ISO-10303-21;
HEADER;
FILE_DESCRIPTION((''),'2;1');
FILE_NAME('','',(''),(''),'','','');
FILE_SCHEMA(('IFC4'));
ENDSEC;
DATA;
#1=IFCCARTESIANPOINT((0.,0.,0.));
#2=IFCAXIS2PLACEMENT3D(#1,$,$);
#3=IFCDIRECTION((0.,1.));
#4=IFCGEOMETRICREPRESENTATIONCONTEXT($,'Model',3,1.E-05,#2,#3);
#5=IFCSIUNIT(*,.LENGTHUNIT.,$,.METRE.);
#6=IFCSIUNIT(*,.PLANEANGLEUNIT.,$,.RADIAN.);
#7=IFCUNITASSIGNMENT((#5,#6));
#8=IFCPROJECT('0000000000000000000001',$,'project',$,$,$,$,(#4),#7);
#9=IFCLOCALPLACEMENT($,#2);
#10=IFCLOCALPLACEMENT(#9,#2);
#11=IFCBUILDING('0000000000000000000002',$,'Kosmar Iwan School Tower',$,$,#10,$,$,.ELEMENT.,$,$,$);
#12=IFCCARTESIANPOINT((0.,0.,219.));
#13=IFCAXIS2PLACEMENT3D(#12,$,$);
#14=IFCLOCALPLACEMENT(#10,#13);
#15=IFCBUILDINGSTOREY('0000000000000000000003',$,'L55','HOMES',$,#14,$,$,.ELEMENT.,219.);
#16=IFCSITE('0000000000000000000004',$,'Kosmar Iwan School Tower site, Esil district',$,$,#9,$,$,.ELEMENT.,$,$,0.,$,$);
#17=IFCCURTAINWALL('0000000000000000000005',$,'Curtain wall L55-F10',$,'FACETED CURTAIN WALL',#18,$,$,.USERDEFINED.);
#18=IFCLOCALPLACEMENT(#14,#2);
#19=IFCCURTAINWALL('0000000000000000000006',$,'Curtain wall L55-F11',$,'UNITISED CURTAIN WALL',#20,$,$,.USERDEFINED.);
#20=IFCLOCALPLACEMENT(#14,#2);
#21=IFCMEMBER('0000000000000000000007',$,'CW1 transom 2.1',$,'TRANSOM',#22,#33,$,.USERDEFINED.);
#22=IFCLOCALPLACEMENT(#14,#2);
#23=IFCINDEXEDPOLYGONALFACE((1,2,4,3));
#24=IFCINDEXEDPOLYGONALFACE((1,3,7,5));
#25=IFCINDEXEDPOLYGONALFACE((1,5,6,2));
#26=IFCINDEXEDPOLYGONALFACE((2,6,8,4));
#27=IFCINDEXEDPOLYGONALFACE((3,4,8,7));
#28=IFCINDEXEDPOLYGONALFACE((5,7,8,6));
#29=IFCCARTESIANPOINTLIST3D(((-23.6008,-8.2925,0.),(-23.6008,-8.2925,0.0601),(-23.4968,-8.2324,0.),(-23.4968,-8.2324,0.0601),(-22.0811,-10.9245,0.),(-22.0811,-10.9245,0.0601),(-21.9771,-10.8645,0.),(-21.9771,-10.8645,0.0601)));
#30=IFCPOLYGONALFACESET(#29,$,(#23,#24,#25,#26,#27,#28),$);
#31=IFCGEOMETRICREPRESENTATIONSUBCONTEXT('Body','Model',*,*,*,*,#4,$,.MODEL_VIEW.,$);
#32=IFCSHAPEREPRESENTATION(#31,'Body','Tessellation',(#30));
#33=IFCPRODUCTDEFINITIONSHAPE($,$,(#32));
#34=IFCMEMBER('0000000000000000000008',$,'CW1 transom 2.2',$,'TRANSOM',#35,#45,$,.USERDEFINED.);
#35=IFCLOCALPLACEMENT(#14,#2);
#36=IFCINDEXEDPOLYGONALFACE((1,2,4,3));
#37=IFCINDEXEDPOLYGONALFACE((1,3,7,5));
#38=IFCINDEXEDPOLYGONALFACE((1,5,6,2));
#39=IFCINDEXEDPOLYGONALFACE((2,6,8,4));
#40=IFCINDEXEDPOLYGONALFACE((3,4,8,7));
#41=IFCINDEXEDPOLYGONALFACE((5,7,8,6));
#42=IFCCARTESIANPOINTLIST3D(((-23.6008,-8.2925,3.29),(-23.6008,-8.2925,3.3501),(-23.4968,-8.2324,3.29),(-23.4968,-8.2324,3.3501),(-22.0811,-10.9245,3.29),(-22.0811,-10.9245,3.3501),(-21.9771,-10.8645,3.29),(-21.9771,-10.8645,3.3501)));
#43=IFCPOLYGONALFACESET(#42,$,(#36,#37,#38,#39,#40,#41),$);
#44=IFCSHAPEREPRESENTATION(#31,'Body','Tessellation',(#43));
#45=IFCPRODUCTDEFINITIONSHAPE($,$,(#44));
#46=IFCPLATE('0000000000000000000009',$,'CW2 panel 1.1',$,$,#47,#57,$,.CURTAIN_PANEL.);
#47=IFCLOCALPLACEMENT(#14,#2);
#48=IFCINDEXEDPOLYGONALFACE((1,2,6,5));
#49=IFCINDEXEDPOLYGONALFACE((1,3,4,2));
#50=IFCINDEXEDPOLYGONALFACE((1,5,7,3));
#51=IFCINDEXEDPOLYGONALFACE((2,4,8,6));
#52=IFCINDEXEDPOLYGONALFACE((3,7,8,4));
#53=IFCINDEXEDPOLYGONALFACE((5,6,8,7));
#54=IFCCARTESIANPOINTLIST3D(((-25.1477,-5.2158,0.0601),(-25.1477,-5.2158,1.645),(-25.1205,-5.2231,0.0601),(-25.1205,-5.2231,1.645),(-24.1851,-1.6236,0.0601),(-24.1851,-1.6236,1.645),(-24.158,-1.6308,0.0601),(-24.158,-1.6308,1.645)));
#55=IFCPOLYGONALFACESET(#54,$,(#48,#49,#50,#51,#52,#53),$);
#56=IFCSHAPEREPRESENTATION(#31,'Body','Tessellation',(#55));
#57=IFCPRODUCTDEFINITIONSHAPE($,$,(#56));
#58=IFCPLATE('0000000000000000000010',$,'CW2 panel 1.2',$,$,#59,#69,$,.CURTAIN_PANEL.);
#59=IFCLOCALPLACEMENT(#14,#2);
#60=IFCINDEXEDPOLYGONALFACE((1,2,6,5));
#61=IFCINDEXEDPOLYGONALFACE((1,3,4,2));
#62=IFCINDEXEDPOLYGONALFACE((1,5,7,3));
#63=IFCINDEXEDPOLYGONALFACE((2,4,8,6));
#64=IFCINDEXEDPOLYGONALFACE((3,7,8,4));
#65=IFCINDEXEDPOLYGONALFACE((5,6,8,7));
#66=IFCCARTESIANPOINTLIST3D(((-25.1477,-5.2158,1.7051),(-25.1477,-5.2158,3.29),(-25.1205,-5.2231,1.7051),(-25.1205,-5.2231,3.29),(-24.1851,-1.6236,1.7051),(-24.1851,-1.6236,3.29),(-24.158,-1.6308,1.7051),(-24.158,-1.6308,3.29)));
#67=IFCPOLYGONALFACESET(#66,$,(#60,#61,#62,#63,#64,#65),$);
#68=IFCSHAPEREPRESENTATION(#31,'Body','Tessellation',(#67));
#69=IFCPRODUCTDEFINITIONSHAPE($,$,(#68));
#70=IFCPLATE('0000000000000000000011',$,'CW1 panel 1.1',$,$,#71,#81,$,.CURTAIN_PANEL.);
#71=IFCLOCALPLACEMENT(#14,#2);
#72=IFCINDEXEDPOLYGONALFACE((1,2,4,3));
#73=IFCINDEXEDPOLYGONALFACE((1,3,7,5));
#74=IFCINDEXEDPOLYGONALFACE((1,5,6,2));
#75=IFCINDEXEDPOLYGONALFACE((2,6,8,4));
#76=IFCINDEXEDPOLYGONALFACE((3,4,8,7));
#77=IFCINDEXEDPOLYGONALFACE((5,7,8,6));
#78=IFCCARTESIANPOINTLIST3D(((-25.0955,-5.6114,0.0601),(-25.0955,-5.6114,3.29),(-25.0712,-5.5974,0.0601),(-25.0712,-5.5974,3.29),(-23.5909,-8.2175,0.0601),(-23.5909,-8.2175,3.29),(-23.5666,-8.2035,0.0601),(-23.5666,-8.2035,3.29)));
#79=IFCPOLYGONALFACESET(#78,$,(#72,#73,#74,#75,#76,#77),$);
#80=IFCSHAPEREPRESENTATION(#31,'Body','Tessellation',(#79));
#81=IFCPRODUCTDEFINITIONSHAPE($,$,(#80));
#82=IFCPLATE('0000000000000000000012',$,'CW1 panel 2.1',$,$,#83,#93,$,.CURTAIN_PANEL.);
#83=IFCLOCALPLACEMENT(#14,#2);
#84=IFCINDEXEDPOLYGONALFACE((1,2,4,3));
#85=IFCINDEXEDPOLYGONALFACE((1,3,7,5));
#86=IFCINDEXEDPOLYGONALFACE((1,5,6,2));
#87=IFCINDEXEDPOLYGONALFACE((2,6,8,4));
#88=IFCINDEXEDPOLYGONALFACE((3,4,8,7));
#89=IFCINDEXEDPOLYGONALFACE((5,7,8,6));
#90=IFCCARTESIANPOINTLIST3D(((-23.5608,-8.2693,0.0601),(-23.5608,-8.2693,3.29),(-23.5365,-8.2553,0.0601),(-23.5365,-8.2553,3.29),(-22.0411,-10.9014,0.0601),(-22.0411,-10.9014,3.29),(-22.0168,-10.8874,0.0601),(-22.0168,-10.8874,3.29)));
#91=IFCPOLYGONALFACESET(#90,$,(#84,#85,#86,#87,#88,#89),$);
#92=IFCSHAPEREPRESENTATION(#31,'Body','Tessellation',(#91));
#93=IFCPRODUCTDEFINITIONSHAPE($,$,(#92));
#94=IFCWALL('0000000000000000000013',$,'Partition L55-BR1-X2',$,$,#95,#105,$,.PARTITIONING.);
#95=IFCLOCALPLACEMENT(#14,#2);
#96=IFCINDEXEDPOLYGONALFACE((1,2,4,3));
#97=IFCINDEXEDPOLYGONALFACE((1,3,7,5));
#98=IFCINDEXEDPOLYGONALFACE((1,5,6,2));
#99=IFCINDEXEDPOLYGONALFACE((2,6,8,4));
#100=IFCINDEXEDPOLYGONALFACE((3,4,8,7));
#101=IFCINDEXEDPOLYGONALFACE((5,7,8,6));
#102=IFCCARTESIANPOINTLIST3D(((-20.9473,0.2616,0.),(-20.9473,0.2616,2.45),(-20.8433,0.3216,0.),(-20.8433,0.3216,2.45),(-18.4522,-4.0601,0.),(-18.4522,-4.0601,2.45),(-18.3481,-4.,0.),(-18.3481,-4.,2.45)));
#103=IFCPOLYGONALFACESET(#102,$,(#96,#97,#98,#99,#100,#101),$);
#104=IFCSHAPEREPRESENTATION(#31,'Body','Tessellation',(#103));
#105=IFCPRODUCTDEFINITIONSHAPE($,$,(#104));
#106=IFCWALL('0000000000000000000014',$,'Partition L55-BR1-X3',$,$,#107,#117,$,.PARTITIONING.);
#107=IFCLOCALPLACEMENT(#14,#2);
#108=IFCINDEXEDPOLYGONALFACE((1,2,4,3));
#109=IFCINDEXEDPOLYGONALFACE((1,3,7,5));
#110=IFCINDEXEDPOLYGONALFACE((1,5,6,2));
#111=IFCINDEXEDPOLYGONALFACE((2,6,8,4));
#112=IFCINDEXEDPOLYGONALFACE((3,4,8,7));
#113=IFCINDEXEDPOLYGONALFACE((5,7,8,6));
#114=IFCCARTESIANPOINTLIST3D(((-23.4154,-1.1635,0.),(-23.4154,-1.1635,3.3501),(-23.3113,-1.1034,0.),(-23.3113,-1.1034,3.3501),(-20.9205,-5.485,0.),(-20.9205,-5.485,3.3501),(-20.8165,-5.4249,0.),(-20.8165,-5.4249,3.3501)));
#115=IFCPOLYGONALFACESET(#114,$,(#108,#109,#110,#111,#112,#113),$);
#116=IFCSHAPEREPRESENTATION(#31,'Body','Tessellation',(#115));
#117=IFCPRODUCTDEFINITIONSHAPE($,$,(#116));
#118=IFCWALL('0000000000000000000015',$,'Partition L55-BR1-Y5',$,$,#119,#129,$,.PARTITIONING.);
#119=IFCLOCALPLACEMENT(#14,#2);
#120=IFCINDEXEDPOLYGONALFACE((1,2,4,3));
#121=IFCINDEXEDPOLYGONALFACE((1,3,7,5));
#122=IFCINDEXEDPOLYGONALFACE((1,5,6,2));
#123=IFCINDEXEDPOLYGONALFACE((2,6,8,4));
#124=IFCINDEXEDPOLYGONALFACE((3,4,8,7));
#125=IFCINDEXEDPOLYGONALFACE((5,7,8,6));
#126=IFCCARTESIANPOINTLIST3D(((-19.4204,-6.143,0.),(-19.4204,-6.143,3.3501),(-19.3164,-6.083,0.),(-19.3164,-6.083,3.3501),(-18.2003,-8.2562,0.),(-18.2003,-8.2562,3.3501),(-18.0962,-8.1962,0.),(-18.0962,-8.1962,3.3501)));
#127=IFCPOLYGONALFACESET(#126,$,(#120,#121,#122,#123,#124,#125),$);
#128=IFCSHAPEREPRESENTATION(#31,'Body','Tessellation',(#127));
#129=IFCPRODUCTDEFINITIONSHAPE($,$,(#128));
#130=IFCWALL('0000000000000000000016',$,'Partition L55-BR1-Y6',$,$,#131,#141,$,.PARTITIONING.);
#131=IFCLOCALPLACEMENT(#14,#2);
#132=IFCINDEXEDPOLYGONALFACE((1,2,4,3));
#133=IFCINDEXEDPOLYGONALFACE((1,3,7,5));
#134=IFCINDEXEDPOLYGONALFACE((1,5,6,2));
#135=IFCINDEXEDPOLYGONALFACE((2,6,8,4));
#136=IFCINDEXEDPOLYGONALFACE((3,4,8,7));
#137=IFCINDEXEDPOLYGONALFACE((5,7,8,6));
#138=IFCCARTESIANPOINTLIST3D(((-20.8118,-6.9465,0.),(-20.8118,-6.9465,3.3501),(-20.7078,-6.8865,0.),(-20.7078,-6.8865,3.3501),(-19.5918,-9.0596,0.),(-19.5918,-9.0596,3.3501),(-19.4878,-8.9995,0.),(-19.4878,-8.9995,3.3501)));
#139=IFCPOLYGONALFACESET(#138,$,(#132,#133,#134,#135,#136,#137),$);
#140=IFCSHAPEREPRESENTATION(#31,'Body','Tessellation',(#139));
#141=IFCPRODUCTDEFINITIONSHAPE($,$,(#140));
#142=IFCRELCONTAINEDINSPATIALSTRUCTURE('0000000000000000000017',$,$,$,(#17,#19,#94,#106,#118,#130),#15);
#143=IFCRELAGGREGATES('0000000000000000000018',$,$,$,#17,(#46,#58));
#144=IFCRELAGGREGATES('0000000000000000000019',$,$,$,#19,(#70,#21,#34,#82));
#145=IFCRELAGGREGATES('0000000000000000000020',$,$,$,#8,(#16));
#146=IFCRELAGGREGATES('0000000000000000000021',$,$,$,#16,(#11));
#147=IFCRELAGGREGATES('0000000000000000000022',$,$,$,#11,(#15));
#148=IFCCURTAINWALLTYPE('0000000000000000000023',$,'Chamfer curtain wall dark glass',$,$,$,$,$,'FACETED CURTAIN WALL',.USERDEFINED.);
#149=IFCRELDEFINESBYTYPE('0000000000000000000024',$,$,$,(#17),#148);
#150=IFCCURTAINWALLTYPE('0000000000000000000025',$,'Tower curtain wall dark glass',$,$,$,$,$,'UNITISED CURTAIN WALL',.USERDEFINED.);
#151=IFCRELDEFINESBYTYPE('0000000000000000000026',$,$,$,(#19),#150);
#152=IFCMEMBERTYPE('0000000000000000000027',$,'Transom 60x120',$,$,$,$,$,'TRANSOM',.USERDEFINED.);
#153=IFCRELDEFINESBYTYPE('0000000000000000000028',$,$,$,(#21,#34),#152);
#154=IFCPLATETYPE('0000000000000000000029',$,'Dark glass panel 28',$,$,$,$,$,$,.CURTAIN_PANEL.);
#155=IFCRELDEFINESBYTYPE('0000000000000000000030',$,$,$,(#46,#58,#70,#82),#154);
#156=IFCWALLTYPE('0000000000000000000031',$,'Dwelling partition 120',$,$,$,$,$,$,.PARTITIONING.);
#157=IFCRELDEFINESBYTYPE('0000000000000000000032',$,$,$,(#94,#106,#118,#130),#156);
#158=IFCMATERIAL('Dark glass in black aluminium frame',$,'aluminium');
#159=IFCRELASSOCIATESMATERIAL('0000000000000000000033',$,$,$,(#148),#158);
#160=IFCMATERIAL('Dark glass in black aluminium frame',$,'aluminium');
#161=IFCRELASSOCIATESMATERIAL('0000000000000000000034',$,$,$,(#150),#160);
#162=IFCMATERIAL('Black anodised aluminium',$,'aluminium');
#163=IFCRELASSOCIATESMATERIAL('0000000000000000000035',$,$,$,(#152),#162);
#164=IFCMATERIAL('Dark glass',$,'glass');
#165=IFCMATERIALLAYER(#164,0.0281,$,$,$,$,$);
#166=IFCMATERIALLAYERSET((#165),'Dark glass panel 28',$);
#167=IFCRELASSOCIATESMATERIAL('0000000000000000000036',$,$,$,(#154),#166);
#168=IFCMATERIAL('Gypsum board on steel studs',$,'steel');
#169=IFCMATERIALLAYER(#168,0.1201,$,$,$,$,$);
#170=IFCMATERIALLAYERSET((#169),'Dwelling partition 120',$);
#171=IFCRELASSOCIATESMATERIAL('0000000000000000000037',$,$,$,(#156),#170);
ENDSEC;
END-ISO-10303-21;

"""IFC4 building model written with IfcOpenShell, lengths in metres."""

from ifc_helpers import new_model, si_unit, direction, frame, frame_2d, origin, origin_2d, place, context, subcontext, project, spatial, rectangle, extrude, material, layer, layer_set, material_profile, profile_set, type_object, element, aggregate, save


model = new_model("IFC4")

# Units and contexts
model_context = context("Model", 3, precision=1e-05, world=origin(), true_north=direction((0.0, 1.0)))
body_context = subcontext(model_context, "Body", "Model", "MODEL_VIEW")
ifc_project = project(units=[si_unit("LENGTHUNIT", "METRE"), si_unit("PLANEANGLEUNIT", "RADIAN")], contexts=[model_context])

# Site, building, storey
site_placement = place(None, origin())
site = spatial("IfcSite", under=ifc_project, at=site_placement, Name="Kosmar Iwan School Tower site, Esil district", CompositionType="ELEMENT", RefElevation=0.0)
building_placement = place(site_placement, origin())
building = spatial("IfcBuilding", under=site, at=building_placement, Name="Kosmar Iwan School Tower", CompositionType="ELEMENT")
storey_placement = place(building_placement, frame((0.0, 0.0, 219.0)))
storey = spatial("IfcBuildingStorey", under=building, at=storey_placement, Name="L55", Description="HOMES", CompositionType="ELEMENT", Elevation=219.0)

# Curtain walls
ifc_material_1 = material(Name="Dark glass in black aluminium frame", Category="aluminium")
curtain_wall_type_1 = type_object("IfcCurtainWallType", Name="Chamfer curtain wall dark glass", ElementType="FACETED CURTAIN WALL", PredefinedType="USERDEFINED", material=ifc_material_1)
curtain_wall_1_placement = place(storey_placement, origin())
curtain_wall_1 = element("IfcCurtainWall", 1, at=curtain_wall_1_placement, inside=storey, type_object=curtain_wall_type_1, Name="Curtain wall L55-F10", ObjectType="FACETED CURTAIN WALL", PredefinedType="USERDEFINED")
ifc_material_2 = material(Name="Dark glass in black aluminium frame", Category="aluminium")
curtain_wall_type_2 = type_object("IfcCurtainWallType", Name="Tower curtain wall dark glass", ElementType="UNITISED CURTAIN WALL", PredefinedType="USERDEFINED", material=ifc_material_2)
curtain_wall_2_placement = place(storey_placement, origin())
curtain_wall_2 = element("IfcCurtainWall", 2, at=curtain_wall_2_placement, inside=storey, type_object=curtain_wall_type_2, Name="Curtain wall L55-F11", ObjectType="UNITISED CURTAIN WALL", PredefinedType="USERDEFINED")

# Members
ifc_material_3 = material(Name="Black anodised aluminium", Category="aluminium")
ifc_material_profile_1 = material_profile(ifc_material_3, rectangle(XDim=0.1201, YDim=0.0601, at=origin_2d()), Name="TRANSOM 60x120")
ifc_profile_set_1 = profile_set([ifc_material_profile_1], Name="Black anodised aluminium")
member_type_1 = type_object("IfcMemberType", Name="Transom 60x120", ElementType="TRANSOM", PredefinedType="USERDEFINED", material=ifc_profile_set_1)
member_1_placement = place(storey_placement, frame((-23.5488, -8.2625, 0.03), z_axis=(0.500035, -0.866005, 0.0), x_axis=(0.866005, 0.500035, 0.0)))
member_1 = element("IfcMember", 3, at=member_1_placement, type_object=member_type_1, Name="CW1 transom 2.1", ObjectType="TRANSOM", PredefinedType="USERDEFINED", context=body_context, shape_type="SweptSolid", body=[
    extrude(rectangle(XDim=0.1201, YDim=0.0601, at=origin_2d()), origin(), (0.0, 0.0, 1.0), 3.0393),
])
member_2_placement = place(storey_placement, frame((-23.5488, -8.2625, 3.3201), z_axis=(0.500035, -0.866005, 0.0), x_axis=(0.866005, 0.500035, 0.0)))
member_2 = element("IfcMember", 4, at=member_2_placement, type_object=member_type_1, Name="CW1 transom 2.2", ObjectType="TRANSOM", PredefinedType="USERDEFINED", context=body_context, shape_type="SweptSolid", body=[
    extrude(rectangle(XDim=0.1201, YDim=0.0601, at=origin_2d()), origin(), (0.0, 0.0, 1.0), 3.0393),
])

# Plates
ifc_material_4 = material(Name="Dark glass", Category="glass")
ifc_layer_1 = layer(ifc_material_4, 0.0281)
ifc_layer_set_1 = layer_set([ifc_layer_1], Name="Dark glass panel 28")
plate_type = type_object("IfcPlateType", Name="Dark glass panel 28", PredefinedType="CURTAIN_PANEL", material=ifc_layer_set_1)
plate_1_placement = place(storey_placement, frame((-24.6528, -3.4233, 0.0601), z_axis=(0.0, 0.0, 1.0), x_axis=(-0.258819, -0.965926, 0.0)))
plate_1 = element("IfcPlate", 5, at=plate_1_placement, type_object=plate_type, Name="CW2 panel 1.1", PredefinedType="CURTAIN_PANEL", context=body_context, shape_type="SweptSolid", body=[
    extrude(rectangle(XDim=3.719, YDim=0.0281, at=origin_2d()), origin(), (0.0, 0.0, 1.0), 1.585),
])
plate_2_placement = place(storey_placement, frame((-24.6528, -3.4233, 1.7051), z_axis=(0.0, 0.0, 1.0), x_axis=(-0.258819, -0.965926, 0.0)))
plate_2 = element("IfcPlate", 6, at=plate_2_placement, type_object=plate_type, Name="CW2 panel 1.2", PredefinedType="CURTAIN_PANEL", context=body_context, shape_type="SweptSolid", body=[
    extrude(rectangle(XDim=3.719, YDim=0.0281, at=origin_2d()), origin(), (0.0, 0.0, 1.0), 1.585),
])
aggregate(curtain_wall_1, [plate_1, plate_2])
plate_3_placement = place(storey_placement, frame((-24.3311, -6.9075, 0.0601), z_axis=(0.0, 0.0, 1.0), x_axis=(0.5, -0.866025, 0.0)))
plate_3 = element("IfcPlate", 7, at=plate_3_placement, type_object=plate_type, Name="CW1 panel 1.1", PredefinedType="CURTAIN_PANEL", context=body_context, shape_type="SweptSolid", body=[
    extrude(rectangle(XDim=3.0093, YDim=0.0281, at=origin_2d()), origin(), (0.0, 0.0, 1.0), 3.23),
])
plate_4_placement = place(storey_placement, frame((-22.7888, -9.5784, 0.0601), z_axis=(0.0, 0.0, 1.0), x_axis=(0.5, -0.866025, 0.0)))
plate_4 = element("IfcPlate", 8, at=plate_4_placement, type_object=plate_type, Name="CW1 panel 2.1", PredefinedType="CURTAIN_PANEL", context=body_context, shape_type="SweptSolid", body=[
    extrude(rectangle(XDim=3.0393, YDim=0.0281, at=origin_2d()), origin(), (0.0, 0.0, 1.0), 3.23),
])
aggregate(curtain_wall_2, [plate_3, member_1, member_2, plate_4])

# Walls
ifc_material_5 = material(Name="Gypsum board on steel studs", Category="steel")
ifc_layer_2 = layer(ifc_material_5, 0.1201)
ifc_layer_set_2 = layer_set([ifc_layer_2], Name="Dwelling partition 120")
wall_type = type_object("IfcWallType", Name="Dwelling partition 120", PredefinedType="PARTITIONING", material=ifc_layer_set_2)
wall_1_placement = place(storey_placement, frame((-18.4001, -4.03, 0.0), z_axis=(0.0, 0.0, 1.0), x_axis=(-0.500012, 0.866019, 0.0)))
element("IfcWall", 9, at=wall_1_placement, inside=storey, type_object=wall_type, Name="Partition L55-BR1-X2", PredefinedType="PARTITIONING", context=body_context, shape_type="SweptSolid", body=[
    extrude(rectangle(XDim=4.9902, YDim=0.1201, at=frame_2d((2.4951, 0.0))), origin(), (0.0, 0.0, 1.0), 2.45),
])
wall_2_placement = place(storey_placement, frame((-20.8684, -5.4551, 0.0), z_axis=(0.0, 0.0, 1.0), x_axis=(-0.499975, 0.86604, 0.0)))
element("IfcWall", 10, at=wall_2_placement, inside=storey, type_object=wall_type, Name="Partition L55-BR1-X3", PredefinedType="PARTITIONING", context=body_context, shape_type="SweptSolid", body=[
    extrude(rectangle(XDim=4.99, YDim=0.1201, at=frame_2d((2.4951, 0.0))), origin(), (0.0, 0.0, 1.0), 3.3501),
])
wall_3_placement = place(storey_placement, frame((-18.1482, -8.2263, 0.0), z_axis=(0.0, 0.0, 1.0), x_axis=(-0.500034, 0.866006, 0.0)))
element("IfcWall", 11, at=wall_3_placement, inside=storey, type_object=wall_type, Name="Partition L55-BR1-Y5", PredefinedType="PARTITIONING", context=body_context, shape_type="SweptSolid", body=[
    extrude(rectangle(XDim=2.4402, YDim=0.1201, at=frame_2d((1.2202, 0.0))), origin(), (0.0, 0.0, 1.0), 3.3501),
])
wall_4_placement = place(storey_placement, frame((-19.5398, -9.0295, 0.0), z_axis=(0.0, 0.0, 1.0), x_axis=(-0.500003, 0.866024, 0.0)))
element("IfcWall", 12, at=wall_4_placement, inside=storey, type_object=wall_type, Name="Partition L55-BR1-Y6", PredefinedType="PARTITIONING", context=body_context, shape_type="SweptSolid", body=[
    extrude(rectangle(XDim=2.4399, YDim=0.1201, at=frame_2d((1.22, 0.0))), origin(), (0.0, 0.0, 1.0), 3.3501),
])

save(model, "model.ifc")
